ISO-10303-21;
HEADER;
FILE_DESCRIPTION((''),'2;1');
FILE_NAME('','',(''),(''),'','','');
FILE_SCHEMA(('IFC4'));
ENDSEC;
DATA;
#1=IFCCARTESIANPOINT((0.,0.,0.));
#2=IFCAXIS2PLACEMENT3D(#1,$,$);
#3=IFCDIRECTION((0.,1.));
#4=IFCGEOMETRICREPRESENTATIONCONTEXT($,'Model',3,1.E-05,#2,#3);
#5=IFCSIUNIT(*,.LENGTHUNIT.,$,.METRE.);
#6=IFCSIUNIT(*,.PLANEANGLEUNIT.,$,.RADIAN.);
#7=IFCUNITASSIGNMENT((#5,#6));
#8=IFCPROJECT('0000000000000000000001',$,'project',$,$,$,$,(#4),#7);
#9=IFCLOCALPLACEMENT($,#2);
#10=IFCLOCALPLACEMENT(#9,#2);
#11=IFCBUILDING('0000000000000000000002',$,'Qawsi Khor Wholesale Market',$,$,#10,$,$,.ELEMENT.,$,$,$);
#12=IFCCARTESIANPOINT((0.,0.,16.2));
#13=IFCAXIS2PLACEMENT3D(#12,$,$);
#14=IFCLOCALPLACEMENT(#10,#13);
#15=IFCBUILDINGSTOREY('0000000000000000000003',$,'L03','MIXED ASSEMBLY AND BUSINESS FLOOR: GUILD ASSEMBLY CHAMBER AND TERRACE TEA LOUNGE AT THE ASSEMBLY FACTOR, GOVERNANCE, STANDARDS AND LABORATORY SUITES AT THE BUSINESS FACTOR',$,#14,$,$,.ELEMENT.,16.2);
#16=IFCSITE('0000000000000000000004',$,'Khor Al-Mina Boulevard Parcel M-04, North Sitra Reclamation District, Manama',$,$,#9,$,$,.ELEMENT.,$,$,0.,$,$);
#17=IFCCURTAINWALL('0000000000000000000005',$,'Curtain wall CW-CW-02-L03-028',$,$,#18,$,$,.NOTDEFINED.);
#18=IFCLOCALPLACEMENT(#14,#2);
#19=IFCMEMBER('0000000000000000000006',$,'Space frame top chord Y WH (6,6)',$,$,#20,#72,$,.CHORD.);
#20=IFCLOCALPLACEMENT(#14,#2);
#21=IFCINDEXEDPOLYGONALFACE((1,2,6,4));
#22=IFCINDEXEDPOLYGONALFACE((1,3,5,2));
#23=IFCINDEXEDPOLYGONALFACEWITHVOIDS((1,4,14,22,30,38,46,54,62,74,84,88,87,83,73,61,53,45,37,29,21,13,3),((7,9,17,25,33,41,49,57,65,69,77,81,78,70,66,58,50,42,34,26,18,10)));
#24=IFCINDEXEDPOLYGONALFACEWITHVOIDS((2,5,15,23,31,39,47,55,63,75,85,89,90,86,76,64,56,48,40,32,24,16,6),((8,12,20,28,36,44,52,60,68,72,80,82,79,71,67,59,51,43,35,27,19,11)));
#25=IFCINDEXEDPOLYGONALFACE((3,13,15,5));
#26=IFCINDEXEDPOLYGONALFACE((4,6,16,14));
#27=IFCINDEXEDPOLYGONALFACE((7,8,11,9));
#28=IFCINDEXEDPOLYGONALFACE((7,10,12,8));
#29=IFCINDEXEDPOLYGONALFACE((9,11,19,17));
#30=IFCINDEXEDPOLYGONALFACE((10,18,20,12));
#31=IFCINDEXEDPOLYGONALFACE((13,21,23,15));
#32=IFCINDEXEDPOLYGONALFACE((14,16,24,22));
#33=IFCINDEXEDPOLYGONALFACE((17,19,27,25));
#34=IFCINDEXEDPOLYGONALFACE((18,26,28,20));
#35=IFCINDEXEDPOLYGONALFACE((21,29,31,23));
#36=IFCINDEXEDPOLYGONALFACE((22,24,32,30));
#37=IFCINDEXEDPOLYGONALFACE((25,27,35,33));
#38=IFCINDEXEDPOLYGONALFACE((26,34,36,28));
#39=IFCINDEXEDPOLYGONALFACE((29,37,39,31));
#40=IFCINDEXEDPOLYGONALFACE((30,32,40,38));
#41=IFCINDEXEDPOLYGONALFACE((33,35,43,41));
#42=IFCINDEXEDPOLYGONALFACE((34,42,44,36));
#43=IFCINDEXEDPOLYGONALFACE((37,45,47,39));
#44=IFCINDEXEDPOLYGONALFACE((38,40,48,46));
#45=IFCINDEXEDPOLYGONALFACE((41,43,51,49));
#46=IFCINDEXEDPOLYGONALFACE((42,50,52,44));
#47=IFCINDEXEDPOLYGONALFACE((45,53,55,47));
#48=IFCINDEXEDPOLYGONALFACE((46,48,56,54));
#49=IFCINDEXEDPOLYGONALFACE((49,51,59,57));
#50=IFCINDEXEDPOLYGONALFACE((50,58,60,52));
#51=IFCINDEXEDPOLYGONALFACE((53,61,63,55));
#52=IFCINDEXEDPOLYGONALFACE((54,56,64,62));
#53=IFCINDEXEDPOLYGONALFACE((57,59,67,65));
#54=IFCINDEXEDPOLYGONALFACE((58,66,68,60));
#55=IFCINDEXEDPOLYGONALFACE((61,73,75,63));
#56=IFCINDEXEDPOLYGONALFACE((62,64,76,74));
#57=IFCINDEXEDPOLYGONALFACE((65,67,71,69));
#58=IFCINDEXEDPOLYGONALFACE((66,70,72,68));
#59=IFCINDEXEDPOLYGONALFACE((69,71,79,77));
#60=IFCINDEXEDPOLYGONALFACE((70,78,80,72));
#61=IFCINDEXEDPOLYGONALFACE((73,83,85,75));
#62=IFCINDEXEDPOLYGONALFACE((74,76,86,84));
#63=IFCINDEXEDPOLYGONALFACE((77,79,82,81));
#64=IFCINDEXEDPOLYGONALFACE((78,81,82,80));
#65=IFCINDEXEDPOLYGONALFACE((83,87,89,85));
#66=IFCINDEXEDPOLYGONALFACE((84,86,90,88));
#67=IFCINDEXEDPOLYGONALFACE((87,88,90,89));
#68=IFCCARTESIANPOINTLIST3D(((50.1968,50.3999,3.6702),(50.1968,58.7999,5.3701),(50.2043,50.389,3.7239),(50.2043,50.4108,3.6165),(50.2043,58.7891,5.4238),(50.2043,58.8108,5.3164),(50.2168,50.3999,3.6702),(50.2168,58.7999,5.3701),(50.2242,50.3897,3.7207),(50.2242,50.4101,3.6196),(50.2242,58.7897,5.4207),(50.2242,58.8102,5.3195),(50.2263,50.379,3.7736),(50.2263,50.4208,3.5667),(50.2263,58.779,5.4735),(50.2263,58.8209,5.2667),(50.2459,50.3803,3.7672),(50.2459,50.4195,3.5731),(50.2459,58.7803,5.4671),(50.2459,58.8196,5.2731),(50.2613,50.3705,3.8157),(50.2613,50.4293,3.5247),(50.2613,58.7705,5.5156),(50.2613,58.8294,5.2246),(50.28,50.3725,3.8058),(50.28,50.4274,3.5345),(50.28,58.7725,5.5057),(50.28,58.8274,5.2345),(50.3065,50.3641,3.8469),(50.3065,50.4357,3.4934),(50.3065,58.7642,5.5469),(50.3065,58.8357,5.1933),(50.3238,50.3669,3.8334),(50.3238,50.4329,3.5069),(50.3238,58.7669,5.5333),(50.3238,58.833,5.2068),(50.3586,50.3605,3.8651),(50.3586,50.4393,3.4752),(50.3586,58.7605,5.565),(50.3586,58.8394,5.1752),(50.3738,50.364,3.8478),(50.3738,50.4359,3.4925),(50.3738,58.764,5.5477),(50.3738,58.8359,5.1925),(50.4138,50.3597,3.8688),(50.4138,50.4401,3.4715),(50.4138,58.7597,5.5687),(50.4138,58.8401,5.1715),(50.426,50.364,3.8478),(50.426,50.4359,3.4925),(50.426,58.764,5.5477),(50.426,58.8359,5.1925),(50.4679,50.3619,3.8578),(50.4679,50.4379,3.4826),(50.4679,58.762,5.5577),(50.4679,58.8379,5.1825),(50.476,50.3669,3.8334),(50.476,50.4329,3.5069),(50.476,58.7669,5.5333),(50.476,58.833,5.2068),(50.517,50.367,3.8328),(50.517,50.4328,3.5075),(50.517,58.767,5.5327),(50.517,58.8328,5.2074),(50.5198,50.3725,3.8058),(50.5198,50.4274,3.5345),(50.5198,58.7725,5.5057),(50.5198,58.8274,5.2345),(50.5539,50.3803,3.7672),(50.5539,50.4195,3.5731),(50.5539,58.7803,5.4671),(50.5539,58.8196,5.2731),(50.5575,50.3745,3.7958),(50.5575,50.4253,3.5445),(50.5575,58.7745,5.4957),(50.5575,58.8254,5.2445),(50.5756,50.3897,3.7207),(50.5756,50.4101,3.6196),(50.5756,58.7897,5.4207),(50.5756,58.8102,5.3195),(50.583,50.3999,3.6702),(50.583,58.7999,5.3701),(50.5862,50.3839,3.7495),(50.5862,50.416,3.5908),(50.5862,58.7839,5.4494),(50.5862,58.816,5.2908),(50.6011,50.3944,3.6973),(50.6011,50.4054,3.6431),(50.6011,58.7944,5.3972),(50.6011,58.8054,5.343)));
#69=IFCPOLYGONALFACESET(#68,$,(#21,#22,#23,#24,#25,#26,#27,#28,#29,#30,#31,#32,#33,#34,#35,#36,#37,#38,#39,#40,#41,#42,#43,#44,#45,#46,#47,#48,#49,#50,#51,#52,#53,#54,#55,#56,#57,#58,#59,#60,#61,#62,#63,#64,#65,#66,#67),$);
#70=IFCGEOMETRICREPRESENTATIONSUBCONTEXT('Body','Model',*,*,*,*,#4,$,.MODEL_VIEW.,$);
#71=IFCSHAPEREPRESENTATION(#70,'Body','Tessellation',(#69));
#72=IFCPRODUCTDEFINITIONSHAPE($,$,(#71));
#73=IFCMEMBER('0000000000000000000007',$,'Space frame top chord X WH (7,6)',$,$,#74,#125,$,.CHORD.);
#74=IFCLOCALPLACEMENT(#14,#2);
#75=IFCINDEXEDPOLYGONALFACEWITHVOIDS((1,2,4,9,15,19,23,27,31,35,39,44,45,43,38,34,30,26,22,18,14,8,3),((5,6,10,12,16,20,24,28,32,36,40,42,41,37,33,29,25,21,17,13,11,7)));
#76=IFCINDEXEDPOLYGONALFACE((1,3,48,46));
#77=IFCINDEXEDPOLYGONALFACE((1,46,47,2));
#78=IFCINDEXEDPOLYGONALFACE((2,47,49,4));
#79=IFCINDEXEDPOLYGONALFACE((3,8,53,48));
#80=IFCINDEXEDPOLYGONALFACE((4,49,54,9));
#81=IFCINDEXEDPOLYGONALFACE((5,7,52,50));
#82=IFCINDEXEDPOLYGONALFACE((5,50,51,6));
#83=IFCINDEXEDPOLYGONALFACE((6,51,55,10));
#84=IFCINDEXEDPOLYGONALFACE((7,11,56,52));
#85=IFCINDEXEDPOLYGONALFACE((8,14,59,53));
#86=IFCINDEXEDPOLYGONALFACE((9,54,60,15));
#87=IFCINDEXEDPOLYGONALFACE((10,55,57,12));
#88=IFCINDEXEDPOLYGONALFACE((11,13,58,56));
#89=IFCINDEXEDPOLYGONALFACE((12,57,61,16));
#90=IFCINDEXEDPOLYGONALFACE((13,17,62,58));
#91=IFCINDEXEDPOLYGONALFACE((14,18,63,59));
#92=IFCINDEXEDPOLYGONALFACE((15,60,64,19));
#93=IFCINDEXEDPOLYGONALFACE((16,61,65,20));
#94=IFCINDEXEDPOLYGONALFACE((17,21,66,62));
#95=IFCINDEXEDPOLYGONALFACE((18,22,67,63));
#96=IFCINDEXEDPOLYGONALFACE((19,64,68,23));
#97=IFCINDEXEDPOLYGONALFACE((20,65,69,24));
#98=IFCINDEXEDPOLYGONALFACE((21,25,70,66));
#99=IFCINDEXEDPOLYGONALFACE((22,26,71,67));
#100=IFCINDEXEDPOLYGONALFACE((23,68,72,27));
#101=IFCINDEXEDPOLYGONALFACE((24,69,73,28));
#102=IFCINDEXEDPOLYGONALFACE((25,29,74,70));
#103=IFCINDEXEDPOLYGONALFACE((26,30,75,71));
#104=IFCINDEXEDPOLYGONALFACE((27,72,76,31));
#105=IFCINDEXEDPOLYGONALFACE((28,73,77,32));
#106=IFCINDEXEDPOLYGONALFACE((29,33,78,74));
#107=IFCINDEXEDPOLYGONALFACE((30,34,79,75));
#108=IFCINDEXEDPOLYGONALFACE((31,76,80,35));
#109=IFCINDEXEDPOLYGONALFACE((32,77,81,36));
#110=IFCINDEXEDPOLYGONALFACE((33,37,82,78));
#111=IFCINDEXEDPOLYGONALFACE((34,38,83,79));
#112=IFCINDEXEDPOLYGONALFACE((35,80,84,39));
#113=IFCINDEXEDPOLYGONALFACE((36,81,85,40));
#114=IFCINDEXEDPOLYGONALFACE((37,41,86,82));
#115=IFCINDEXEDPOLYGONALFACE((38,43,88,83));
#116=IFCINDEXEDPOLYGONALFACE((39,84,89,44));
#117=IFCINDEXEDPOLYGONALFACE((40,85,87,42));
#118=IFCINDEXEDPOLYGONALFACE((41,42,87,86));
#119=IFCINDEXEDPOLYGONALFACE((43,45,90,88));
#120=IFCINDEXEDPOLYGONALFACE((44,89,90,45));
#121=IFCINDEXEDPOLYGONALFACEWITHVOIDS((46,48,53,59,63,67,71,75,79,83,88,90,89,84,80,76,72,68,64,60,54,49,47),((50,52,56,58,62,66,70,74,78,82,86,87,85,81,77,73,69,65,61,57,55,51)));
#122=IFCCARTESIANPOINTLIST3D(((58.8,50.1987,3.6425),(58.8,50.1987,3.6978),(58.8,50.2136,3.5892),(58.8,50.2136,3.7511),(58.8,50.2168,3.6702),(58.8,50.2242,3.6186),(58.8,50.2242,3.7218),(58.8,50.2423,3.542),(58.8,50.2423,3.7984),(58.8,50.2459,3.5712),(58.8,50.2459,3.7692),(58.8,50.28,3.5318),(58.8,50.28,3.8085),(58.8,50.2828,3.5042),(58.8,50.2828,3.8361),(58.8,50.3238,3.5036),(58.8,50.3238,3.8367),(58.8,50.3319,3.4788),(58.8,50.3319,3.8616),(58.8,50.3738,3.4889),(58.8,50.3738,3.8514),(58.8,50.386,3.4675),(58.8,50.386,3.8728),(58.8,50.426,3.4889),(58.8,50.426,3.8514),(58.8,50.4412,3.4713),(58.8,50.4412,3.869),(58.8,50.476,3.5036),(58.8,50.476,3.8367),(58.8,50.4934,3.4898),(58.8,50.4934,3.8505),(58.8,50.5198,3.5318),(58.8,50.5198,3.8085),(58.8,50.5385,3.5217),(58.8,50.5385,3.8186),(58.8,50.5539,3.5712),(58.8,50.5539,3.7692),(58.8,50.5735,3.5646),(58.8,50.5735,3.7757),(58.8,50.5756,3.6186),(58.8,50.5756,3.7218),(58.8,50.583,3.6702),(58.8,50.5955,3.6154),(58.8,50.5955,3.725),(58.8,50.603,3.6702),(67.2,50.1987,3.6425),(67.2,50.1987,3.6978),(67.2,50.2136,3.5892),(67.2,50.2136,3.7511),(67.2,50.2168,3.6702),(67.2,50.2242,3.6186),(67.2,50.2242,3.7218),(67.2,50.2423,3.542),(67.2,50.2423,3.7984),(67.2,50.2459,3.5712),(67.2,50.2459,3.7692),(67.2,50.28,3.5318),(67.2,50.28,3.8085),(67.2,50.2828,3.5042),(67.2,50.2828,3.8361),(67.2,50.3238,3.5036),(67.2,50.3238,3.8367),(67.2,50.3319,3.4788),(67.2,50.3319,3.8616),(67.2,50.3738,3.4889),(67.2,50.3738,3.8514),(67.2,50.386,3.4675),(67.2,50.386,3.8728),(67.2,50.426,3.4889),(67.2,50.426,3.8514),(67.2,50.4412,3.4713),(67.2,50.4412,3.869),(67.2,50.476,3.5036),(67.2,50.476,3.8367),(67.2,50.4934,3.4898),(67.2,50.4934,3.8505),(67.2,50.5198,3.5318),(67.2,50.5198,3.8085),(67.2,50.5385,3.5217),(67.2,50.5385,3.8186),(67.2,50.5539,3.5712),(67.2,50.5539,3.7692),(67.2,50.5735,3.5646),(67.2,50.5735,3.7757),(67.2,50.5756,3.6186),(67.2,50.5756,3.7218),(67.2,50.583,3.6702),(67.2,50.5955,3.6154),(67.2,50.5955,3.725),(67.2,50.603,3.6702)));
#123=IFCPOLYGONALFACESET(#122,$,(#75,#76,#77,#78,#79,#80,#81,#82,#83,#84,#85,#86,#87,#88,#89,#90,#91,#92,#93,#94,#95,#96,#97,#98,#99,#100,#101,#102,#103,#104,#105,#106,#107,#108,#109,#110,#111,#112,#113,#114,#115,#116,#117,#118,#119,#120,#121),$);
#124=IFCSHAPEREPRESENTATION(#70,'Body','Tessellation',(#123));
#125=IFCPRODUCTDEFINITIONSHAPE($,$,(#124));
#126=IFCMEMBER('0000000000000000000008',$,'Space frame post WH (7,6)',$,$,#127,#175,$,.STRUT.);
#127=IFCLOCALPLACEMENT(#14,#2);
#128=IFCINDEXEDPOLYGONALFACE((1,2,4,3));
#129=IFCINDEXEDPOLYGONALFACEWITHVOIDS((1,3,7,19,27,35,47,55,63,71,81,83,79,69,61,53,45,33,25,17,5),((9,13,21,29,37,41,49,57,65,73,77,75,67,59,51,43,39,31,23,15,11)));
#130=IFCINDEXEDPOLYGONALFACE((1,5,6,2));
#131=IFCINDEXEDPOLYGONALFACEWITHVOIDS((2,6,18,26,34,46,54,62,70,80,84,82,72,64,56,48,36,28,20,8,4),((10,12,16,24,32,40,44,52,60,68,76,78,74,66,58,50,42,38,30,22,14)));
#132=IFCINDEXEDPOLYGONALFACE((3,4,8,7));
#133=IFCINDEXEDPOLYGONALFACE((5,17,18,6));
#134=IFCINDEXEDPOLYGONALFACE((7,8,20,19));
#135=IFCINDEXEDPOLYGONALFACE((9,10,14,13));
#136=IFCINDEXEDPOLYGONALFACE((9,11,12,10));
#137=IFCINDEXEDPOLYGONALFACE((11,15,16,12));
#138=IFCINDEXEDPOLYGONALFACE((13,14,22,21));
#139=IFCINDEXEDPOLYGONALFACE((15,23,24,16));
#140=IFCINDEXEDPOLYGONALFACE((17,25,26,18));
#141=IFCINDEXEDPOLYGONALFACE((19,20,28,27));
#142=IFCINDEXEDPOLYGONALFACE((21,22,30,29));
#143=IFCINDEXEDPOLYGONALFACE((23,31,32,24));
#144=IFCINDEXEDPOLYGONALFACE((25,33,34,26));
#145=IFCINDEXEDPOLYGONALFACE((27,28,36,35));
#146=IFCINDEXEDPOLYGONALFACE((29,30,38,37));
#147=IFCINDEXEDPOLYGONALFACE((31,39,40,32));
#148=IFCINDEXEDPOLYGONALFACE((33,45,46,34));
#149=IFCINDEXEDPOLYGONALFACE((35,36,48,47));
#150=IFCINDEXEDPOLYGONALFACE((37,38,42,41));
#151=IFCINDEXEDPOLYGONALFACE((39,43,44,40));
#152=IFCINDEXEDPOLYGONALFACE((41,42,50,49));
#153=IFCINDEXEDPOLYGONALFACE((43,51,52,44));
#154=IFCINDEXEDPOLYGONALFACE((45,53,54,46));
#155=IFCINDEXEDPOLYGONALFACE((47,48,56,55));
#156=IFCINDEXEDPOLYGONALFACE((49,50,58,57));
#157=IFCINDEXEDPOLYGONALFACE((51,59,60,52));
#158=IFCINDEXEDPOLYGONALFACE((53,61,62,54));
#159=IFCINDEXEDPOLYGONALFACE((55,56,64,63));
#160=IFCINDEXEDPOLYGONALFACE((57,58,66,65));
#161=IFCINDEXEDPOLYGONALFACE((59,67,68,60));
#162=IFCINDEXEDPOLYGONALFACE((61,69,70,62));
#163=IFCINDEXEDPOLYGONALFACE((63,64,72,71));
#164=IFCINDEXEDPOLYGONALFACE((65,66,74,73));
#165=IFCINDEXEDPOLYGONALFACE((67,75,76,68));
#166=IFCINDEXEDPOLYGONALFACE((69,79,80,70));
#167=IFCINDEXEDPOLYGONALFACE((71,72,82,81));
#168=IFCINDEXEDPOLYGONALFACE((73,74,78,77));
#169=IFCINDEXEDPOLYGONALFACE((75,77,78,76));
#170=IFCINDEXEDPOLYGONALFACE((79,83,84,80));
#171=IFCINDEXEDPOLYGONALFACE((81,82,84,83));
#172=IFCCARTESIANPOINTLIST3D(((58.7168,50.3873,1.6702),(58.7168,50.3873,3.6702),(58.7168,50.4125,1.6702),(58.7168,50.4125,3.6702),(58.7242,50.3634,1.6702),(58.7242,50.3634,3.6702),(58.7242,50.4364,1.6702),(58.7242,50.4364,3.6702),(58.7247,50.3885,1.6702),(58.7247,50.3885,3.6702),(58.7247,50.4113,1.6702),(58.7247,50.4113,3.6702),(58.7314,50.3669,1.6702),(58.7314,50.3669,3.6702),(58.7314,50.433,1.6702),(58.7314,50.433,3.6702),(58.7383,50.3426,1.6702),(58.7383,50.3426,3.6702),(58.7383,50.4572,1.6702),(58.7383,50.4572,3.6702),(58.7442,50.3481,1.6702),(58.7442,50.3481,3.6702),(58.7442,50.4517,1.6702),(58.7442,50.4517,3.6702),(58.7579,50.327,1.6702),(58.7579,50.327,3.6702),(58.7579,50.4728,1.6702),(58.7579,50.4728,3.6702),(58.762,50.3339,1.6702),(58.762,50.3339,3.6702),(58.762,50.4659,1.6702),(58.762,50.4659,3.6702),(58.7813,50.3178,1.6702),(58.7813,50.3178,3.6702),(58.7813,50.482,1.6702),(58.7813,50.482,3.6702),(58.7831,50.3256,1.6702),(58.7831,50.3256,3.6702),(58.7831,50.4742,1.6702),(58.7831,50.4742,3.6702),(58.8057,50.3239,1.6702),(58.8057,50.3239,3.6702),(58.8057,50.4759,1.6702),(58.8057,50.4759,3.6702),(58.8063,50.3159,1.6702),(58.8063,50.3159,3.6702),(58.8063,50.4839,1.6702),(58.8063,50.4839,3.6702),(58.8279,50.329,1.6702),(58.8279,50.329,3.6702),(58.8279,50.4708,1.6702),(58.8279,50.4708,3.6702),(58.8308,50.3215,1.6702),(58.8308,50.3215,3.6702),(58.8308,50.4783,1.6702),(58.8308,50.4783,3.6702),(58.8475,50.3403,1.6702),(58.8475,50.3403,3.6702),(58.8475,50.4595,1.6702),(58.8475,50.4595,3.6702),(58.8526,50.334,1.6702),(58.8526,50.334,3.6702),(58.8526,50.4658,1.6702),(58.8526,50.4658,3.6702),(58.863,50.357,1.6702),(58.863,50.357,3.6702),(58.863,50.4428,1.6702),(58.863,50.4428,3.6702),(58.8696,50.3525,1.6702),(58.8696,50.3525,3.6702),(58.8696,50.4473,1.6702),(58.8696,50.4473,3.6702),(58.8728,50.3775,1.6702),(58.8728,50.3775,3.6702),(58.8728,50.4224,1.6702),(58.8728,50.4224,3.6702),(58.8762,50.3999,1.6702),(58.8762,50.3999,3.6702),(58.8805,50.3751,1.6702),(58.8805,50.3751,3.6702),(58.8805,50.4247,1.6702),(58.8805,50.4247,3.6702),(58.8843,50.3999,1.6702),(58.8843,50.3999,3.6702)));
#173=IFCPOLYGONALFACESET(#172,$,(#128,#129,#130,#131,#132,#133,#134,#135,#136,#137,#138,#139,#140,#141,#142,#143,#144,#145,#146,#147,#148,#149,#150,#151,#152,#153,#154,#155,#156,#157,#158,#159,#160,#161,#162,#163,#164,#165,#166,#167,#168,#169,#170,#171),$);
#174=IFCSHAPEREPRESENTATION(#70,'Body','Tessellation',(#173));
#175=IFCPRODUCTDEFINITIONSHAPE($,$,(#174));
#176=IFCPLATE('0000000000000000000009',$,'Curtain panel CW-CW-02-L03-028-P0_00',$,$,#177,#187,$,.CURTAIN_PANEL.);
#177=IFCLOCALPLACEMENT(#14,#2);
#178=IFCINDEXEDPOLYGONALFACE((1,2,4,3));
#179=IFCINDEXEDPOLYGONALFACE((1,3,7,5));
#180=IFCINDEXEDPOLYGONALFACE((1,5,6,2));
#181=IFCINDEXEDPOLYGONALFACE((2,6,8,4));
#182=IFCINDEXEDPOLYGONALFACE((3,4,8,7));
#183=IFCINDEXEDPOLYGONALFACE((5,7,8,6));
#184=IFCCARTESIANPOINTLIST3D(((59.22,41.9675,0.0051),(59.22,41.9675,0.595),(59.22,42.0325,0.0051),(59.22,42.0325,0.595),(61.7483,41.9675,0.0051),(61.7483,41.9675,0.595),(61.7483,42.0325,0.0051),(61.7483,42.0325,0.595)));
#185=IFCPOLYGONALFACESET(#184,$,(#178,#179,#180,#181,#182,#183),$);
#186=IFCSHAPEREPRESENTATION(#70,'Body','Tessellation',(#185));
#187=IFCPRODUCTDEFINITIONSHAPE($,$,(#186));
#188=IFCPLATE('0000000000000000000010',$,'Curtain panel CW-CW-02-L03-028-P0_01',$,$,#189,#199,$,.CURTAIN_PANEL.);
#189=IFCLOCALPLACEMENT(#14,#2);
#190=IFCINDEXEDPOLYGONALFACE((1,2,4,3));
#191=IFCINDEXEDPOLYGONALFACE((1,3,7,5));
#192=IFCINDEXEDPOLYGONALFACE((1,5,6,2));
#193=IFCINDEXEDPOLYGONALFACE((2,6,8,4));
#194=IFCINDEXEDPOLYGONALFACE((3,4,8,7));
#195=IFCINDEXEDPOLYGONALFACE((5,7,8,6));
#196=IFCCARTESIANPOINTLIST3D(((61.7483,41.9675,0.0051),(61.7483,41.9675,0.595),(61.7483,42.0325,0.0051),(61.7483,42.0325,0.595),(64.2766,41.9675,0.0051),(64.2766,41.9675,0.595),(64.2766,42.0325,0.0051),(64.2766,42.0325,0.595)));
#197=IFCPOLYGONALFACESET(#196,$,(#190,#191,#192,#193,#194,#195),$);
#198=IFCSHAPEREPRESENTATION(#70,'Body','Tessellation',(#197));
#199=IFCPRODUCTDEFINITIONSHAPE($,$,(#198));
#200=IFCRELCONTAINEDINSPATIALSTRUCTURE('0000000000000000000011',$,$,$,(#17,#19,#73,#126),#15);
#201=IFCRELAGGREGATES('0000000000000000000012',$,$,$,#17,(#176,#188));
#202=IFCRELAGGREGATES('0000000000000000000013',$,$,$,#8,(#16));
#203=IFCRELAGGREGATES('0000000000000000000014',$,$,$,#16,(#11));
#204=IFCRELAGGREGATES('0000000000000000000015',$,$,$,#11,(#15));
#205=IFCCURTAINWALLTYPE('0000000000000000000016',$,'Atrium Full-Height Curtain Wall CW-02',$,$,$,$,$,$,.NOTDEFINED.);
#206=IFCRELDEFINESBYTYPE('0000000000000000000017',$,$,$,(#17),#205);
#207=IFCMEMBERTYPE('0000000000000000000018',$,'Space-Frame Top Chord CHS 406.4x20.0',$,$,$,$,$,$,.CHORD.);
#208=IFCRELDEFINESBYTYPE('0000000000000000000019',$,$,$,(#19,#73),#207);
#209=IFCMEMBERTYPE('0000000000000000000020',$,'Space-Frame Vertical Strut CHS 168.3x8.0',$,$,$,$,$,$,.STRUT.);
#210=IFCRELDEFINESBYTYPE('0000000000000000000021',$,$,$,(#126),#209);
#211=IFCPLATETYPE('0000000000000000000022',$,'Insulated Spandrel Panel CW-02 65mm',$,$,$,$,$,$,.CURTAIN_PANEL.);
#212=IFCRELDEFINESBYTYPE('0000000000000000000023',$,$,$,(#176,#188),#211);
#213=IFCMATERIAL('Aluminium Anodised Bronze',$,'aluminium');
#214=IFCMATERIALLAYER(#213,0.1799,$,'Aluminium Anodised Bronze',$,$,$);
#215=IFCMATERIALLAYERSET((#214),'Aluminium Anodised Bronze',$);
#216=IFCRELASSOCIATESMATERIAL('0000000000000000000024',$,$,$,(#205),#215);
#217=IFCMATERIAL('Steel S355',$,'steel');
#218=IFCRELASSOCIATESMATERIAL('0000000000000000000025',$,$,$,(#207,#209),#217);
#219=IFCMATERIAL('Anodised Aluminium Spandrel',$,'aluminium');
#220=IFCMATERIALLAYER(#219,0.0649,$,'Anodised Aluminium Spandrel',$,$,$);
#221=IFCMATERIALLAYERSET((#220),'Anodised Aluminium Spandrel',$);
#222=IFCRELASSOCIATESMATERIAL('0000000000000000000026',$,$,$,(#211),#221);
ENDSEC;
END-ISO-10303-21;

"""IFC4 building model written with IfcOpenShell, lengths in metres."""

from ifc_helpers import new_model, si_unit, direction, frame, frame_2d, origin, origin_2d, place, context, subcontext, project, spatial, rectangle, hollow_circle, extrude, material, layer, layer_set, material_profile, profile_set, type_object, element, aggregate, save


model = new_model("IFC4")

# Units and contexts
model_context = context("Model", 3, precision=1e-05, world=origin(), true_north=direction((0.0, 1.0)))
body_context = subcontext(model_context, "Body", "Model", "MODEL_VIEW")
ifc_project = project(units=[si_unit("LENGTHUNIT", "METRE"), si_unit("PLANEANGLEUNIT", "RADIAN")], contexts=[model_context])

# Site, building, storey
site_placement = place(None, origin())
site = spatial("IfcSite", under=ifc_project, at=site_placement, Name="Khor Al-Mina Boulevard Parcel M-04, North Sitra Reclamation District, Manama", CompositionType="ELEMENT", RefElevation=0.0)
building_placement = place(site_placement, origin())
building = spatial("IfcBuilding", under=site, at=building_placement, Name="Qawsi Khor Wholesale Market", CompositionType="ELEMENT")
storey_placement = place(building_placement, frame((0.0, 0.0, 16.2)))
storey = spatial("IfcBuildingStorey", under=building, at=storey_placement, Name="L03", Description="MIXED ASSEMBLY AND BUSINESS FLOOR: GUILD ASSEMBLY CHAMBER AND TERRACE TEA LOUNGE AT THE ASSEMBLY FACTOR, GOVERNANCE, STANDARDS AND LABORATORY SUITES AT THE BUSINESS FACTOR", CompositionType="ELEMENT", Elevation=16.2)

# Curtain wall
ifc_material_1 = material(Name="Aluminium Anodised Bronze", Category="aluminium")
ifc_layer_1 = layer(ifc_material_1, 0.1799, Name="Aluminium Anodised Bronze")
ifc_layer_set_1 = layer_set([ifc_layer_1], Name="Aluminium Anodised Bronze")
curtain_wall_type = type_object("IfcCurtainWallType", Name="Atrium Full-Height Curtain Wall CW-02", PredefinedType="NOTDEFINED", material=ifc_layer_set_1)
curtain_wall_placement = place(storey_placement, origin())
curtain_wall = element("IfcCurtainWall", 1, at=curtain_wall_placement, inside=storey, type_object=curtain_wall_type, Name="Curtain wall CW-CW-02-L03-028", PredefinedType="NOTDEFINED")

# Members
ifc_material_2 = material(Name="Steel S355", Category="steel")
ifc_material_profile_1 = material_profile(ifc_material_2, hollow_circle(Radius=0.2031, WallThickness=0.02, at=origin_2d()), Name="CHS 406.4x20.0")
ifc_profile_set_1 = profile_set([ifc_material_profile_1], Name="Steel S355")
member_type_1 = type_object("IfcMemberType", Name="Space-Frame Top Chord CHS 406.4x20.0", PredefinedType="CHORD", material=ifc_profile_set_1)
member_1_placement = place(storey_placement, frame((50.3999, 50.3999, 3.6702), z_axis=(0.0, 0.980131, 0.198351), x_axis=(-1.0, 0.0, 0.0)))
element("IfcMember", 2, at=member_1_placement, inside=storey, type_object=member_type_1, Name="Space frame top chord Y WH (6,6)", PredefinedType="CHORD", context=body_context, shape_type="SweptSolid", body=[
    extrude(hollow_circle(Radius=0.2031, WallThickness=0.02, at=origin_2d()), origin(), (0.0, 0.0, 1.0), 8.5703),
])
member_2_placement = place(storey_placement, frame((58.8, 50.3999, 3.6702), z_axis=(1.0, 0.0, 0.0), x_axis=(0.0, 1.0, 0.0)))
element("IfcMember", 3, at=member_2_placement, inside=storey, type_object=member_type_1, Name="Space frame top chord X WH (7,6)", PredefinedType="CHORD", context=body_context, shape_type="SweptSolid", body=[
    extrude(hollow_circle(Radius=0.2031, WallThickness=0.02, at=origin_2d()), origin(), (0.0, 0.0, 1.0), 8.3999),
])
ifc_material_profile_2 = material_profile(ifc_material_2, hollow_circle(Radius=0.0842, WallThickness=0.0081, at=origin_2d()), Name="CHS 168.3x8.0")
ifc_profile_set_2 = profile_set([ifc_material_profile_2], Name="Steel S355")
member_type_2 = type_object("IfcMemberType", Name="Space-Frame Vertical Strut CHS 168.3x8.0", PredefinedType="STRUT", material=ifc_profile_set_2)
member_3_placement = place(storey_placement, frame((58.8, 50.3999, 1.6702), z_axis=(0.0, 0.0, 1.0), x_axis=(1.0, 0.0, 0.0)))
element("IfcMember", 4, at=member_3_placement, inside=storey, type_object=member_type_2, Name="Space frame post WH (7,6)", PredefinedType="STRUT", context=body_context, shape_type="SweptSolid", body=[
    extrude(hollow_circle(Radius=0.0842, WallThickness=0.0081, at=origin_2d()), origin(), (0.0, 0.0, 1.0), 2.0),
])

# Plates
ifc_material_3 = material(Name="Anodised Aluminium Spandrel", Category="aluminium")
ifc_layer_2 = layer(ifc_material_3, 0.0649, Name="Anodised Aluminium Spandrel")
ifc_layer_set_2 = layer_set([ifc_layer_2], Name="Anodised Aluminium Spandrel")
plate_type_1 = type_object("IfcPlateType", Name="Insulated Spandrel Panel CW-02 65mm", PredefinedType="CURTAIN_PANEL", material=ifc_layer_set_2)
plate_1_placement = place(storey_placement, frame((59.22, 42.0, 0.0051), z_axis=(0.0, 0.0, 1.0), x_axis=(1.0, 0.0, 0.0)))
plate_1 = element("IfcPlate", 5, at=plate_1_placement, type_object=plate_type_1, Name="Curtain panel CW-CW-02-L03-028-P0_00", PredefinedType="CURTAIN_PANEL", context=body_context, shape_type="SweptSolid", body=[
    extrude(rectangle(XDim=2.5283, YDim=0.0649, at=frame_2d((1.2642, 0.0))), origin(), (0.0, 0.0, 1.0), 0.5898),
])
plate_2_placement = place(storey_placement, frame((61.7483, 42.0, 0.0051), z_axis=(0.0, 0.0, 1.0), x_axis=(1.0, 0.0, 0.0)))
plate_2 = element("IfcPlate", 6, at=plate_2_placement, type_object=plate_type_1, Name="Curtain panel CW-CW-02-L03-028-P0_01", PredefinedType="CURTAIN_PANEL", context=body_context, shape_type="SweptSolid", body=[
    extrude(rectangle(XDim=2.5283, YDim=0.0649, at=frame_2d((1.2642, 0.0))), origin(), (0.0, 0.0, 1.0), 0.5898),
])

aggregate(curtain_wall, [plate_1, plate_2])

save(model, "model.ifc")
